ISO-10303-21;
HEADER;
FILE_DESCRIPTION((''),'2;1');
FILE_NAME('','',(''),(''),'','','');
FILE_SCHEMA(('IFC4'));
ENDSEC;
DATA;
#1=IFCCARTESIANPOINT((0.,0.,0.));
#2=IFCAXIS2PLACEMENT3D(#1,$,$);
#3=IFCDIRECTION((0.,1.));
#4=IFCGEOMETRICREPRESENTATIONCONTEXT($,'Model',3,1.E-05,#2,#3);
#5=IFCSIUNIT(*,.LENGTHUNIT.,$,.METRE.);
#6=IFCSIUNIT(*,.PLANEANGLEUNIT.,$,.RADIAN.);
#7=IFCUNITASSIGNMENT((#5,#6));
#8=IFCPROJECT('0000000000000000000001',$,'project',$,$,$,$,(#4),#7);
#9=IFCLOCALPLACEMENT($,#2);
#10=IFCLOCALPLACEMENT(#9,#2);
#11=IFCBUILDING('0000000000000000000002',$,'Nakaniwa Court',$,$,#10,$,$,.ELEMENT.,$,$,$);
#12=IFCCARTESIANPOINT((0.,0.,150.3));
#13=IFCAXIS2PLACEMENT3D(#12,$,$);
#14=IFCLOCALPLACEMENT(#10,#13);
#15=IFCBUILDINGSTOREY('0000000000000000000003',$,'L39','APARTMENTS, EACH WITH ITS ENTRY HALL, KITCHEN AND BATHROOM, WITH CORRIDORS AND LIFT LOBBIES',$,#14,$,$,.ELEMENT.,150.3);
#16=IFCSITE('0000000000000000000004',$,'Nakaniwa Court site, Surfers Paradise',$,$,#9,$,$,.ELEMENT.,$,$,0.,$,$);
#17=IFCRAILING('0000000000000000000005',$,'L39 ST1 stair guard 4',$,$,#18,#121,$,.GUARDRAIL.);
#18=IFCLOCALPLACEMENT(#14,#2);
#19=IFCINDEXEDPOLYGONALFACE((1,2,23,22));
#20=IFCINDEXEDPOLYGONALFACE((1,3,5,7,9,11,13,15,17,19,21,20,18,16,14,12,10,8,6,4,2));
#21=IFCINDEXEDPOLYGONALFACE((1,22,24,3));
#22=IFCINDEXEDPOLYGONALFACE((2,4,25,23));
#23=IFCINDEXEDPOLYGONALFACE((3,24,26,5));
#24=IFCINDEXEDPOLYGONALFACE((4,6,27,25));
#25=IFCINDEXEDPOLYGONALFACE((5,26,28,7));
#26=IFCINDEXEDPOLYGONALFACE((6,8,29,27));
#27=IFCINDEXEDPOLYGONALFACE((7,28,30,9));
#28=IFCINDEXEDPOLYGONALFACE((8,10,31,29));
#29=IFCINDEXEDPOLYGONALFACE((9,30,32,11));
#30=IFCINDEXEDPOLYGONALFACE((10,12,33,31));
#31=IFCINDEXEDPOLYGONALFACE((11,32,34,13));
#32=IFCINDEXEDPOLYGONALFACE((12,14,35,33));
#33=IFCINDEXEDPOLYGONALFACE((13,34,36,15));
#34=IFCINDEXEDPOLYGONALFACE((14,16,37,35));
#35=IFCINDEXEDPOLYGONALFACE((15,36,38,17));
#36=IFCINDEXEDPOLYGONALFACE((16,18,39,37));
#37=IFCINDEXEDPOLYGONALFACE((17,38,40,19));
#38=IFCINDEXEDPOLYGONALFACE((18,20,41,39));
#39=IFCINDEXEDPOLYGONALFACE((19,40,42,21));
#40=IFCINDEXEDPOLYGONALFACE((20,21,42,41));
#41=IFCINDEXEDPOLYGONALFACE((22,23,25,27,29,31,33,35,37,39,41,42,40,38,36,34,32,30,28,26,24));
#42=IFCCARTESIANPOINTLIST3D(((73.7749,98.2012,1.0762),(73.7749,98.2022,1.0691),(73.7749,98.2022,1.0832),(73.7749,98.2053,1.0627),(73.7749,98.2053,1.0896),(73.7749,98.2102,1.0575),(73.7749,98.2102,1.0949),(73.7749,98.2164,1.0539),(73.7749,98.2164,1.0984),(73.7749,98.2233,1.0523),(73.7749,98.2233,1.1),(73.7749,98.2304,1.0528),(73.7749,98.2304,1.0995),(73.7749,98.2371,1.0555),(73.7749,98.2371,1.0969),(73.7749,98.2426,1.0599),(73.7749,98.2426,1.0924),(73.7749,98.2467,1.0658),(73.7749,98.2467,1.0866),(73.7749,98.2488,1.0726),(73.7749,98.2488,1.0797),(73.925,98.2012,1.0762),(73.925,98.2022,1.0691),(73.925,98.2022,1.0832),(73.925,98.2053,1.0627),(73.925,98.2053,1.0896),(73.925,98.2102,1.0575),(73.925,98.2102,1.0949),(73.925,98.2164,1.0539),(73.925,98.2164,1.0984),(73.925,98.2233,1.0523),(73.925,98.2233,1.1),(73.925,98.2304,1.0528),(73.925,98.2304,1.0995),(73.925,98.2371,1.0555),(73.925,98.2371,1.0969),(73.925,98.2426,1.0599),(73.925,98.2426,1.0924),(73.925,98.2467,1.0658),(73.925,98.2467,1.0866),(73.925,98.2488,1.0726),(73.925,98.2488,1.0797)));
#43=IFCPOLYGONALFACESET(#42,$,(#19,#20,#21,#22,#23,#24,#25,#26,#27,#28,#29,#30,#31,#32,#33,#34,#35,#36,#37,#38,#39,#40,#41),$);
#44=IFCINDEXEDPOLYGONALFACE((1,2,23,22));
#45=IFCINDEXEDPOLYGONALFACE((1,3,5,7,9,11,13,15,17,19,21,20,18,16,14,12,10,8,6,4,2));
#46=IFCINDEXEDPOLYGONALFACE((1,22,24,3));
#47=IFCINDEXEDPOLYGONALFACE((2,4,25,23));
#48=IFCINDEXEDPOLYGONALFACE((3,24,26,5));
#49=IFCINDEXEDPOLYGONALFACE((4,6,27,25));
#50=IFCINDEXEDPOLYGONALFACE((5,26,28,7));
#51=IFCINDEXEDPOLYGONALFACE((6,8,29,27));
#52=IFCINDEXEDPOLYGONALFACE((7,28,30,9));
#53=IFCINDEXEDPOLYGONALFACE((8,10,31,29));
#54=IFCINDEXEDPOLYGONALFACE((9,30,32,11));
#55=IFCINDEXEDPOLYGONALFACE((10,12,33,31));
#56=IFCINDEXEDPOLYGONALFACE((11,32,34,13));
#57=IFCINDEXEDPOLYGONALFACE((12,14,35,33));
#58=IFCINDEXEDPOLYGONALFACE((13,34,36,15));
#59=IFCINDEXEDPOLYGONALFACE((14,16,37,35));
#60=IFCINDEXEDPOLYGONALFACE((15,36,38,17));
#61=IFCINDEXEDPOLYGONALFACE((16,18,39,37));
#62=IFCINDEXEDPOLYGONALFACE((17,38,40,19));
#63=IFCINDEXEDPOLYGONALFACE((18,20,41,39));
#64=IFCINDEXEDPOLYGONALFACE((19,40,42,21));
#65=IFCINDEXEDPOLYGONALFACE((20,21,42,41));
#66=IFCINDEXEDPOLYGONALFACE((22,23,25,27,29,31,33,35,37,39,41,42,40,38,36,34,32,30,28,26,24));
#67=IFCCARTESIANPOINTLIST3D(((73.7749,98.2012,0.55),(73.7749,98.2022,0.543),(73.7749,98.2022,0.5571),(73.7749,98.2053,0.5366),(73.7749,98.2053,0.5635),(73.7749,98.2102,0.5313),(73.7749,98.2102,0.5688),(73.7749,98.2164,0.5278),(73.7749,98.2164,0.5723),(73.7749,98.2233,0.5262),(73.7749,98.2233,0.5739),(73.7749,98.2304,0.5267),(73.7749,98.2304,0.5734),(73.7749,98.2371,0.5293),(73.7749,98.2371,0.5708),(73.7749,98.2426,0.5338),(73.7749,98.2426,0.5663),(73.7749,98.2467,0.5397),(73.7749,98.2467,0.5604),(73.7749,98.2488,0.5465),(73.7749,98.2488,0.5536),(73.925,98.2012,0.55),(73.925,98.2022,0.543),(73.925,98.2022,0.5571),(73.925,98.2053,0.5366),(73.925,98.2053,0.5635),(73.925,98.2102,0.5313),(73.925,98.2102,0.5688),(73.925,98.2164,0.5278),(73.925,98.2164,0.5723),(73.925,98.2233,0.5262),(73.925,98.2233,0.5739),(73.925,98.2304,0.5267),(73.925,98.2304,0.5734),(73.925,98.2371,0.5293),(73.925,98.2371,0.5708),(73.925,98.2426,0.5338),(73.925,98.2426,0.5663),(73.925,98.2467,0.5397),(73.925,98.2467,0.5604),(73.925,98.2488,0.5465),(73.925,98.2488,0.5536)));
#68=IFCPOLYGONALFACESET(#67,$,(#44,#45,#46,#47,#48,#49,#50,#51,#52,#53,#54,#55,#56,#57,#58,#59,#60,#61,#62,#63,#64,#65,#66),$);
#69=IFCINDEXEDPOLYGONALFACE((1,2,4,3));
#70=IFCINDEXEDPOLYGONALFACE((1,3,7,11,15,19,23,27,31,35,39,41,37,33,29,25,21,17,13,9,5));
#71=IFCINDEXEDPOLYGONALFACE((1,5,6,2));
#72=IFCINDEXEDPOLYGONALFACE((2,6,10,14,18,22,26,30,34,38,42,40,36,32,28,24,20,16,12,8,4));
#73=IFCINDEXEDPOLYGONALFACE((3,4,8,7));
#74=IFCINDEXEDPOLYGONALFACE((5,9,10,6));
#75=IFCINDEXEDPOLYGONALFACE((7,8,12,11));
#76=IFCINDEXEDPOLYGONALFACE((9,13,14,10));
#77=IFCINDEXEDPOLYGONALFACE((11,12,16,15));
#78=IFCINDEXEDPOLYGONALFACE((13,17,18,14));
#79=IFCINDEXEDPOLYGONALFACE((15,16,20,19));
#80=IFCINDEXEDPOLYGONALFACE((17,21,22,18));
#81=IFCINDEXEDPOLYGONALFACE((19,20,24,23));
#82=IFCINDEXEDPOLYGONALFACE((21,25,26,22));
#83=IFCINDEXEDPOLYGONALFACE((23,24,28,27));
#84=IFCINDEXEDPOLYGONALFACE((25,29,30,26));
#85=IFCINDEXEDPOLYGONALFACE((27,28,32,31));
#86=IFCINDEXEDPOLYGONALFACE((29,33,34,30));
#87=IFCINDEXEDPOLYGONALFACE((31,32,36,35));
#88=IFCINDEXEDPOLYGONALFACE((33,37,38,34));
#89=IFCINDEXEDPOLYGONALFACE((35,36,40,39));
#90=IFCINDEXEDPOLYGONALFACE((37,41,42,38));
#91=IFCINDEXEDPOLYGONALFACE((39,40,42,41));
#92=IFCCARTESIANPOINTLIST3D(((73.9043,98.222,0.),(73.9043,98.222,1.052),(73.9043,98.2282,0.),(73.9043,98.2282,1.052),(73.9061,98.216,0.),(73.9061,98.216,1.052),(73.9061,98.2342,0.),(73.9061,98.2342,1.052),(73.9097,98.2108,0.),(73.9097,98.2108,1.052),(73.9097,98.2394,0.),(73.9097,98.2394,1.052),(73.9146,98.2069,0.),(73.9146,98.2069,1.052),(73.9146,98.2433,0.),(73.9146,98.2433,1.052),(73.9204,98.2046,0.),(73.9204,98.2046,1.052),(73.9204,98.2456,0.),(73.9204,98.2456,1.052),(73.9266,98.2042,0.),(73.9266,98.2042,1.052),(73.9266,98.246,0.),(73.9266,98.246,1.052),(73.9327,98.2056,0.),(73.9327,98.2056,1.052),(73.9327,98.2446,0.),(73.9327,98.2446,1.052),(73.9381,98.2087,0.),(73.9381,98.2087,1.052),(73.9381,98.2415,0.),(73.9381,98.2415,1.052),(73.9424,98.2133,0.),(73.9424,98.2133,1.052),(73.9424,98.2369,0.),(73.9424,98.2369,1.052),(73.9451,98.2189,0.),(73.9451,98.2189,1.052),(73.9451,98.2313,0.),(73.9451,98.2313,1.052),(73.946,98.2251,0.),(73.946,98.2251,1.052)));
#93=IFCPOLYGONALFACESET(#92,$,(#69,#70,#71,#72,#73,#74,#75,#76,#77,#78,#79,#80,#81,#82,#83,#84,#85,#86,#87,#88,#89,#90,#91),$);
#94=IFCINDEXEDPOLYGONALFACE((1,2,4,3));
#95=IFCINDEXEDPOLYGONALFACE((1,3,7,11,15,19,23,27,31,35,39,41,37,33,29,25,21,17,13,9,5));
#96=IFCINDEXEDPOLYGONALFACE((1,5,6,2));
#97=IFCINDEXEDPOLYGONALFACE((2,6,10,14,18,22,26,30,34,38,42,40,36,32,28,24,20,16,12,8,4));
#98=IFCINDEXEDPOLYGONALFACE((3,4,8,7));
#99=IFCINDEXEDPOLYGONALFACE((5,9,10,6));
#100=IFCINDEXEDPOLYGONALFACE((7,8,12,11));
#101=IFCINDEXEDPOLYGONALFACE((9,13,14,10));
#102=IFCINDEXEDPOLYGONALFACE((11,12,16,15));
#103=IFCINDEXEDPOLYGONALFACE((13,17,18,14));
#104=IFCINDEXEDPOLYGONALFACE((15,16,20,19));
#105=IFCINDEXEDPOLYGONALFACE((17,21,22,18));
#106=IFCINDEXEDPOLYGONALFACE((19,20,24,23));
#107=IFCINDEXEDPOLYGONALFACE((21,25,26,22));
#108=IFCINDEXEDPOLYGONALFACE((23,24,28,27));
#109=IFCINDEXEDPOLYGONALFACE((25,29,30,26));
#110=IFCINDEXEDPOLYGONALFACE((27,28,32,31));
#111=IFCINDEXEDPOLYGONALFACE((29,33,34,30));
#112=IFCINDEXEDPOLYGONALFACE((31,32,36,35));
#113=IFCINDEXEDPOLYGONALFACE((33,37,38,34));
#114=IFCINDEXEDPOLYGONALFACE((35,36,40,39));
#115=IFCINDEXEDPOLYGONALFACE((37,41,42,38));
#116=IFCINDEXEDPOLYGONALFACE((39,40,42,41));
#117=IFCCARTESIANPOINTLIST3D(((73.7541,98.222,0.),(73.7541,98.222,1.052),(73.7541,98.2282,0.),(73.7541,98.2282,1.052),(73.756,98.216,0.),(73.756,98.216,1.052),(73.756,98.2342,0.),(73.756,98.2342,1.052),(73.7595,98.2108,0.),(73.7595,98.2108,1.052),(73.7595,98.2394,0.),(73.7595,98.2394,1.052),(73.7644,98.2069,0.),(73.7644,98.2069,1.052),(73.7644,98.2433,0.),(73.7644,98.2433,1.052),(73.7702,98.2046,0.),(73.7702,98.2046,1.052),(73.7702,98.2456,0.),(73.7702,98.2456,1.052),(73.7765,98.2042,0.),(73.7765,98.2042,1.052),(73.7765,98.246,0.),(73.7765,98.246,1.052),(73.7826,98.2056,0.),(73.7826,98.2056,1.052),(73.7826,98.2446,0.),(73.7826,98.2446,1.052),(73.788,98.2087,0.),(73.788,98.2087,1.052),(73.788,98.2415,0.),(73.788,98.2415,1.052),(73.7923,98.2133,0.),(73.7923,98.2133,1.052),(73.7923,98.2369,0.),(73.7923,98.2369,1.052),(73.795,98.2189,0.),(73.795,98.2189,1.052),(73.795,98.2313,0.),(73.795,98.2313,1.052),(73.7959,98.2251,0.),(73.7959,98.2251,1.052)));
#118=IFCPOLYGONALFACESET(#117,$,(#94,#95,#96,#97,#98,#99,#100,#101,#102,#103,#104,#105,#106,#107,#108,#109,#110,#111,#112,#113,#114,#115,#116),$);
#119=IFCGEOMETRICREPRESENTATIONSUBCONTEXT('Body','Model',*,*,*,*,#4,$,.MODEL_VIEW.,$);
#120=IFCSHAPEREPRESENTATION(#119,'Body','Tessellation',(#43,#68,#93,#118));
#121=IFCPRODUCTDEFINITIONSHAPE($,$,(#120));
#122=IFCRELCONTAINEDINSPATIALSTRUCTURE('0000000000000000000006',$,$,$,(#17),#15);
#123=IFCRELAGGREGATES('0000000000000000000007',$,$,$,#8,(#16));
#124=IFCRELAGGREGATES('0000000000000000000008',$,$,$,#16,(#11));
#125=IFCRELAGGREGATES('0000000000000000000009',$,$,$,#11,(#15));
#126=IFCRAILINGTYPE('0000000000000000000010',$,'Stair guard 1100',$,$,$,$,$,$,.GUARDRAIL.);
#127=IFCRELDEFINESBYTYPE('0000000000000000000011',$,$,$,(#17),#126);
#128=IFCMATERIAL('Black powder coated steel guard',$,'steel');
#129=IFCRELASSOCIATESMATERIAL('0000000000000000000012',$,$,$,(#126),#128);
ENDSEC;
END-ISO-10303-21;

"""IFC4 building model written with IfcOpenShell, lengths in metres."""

from ifc_helpers import new_model, si_unit, direction, frame, origin, origin_2d, place, context, subcontext, project, spatial, circle, extrude, material, type_object, element, save


model = new_model("IFC4")

# Units and contexts
model_context = context("Model", 3, precision=1e-05, world=origin(), true_north=direction((0.0, 1.0)))
body_context = subcontext(model_context, "Body", "Model", "MODEL_VIEW")
ifc_project = project(units=[si_unit("LENGTHUNIT", "METRE"), si_unit("PLANEANGLEUNIT", "RADIAN")], contexts=[model_context])

# Site, building, storey
site_placement = place(None, origin())
site = spatial("IfcSite", under=ifc_project, at=site_placement, Name="Nakaniwa Court site, Surfers Paradise", CompositionType="ELEMENT", RefElevation=0.0)
building_placement = place(site_placement, origin())
building = spatial("IfcBuilding", under=site, at=building_placement, Name="Nakaniwa Court", CompositionType="ELEMENT")
storey_placement = place(building_placement, frame((0.0, 0.0, 150.3)))
storey = spatial("IfcBuildingStorey", under=building, at=storey_placement, Name="L39", Description="APARTMENTS, EACH WITH ITS ENTRY HALL, KITCHEN AND BATHROOM, WITH CORRIDORS AND LIFT LOBBIES", CompositionType="ELEMENT", Elevation=150.3)

# Railing
ifc_material_1 = material(Name="Black powder coated steel guard", Category="steel")
railing_type_1 = type_object("IfcRailingType", Name="Stair guard 1100", PredefinedType="GUARDRAIL", material=ifc_material_1)
railing_1_placement = place(storey_placement, frame((73.925, 98.2251, 0.0)))
element("IfcRailing", 1, at=railing_1_placement, inside=storey, type_object=railing_type_1, Name="L39 ST1 stair guard 4", PredefinedType="GUARDRAIL", context=body_context, shape_type="SweptSolid", body=[
    extrude(circle(Radius=0.0239, at=origin_2d()), frame((0.0, 0.0, 1.0762), z_axis=(-1.0, 0.0, 0.0), x_axis=(0.0, -1.0, 0.0)), (0.0, 0.0, 1.0), 0.1501),
    extrude(circle(Radius=0.0239, at=origin_2d()), frame((0.0, 0.0, 0.55), z_axis=(-1.0, 0.0, 0.0), x_axis=(0.0, -1.0, 0.0)), (0.0, 0.0, 1.0), 0.1501),
    extrude(circle(Radius=0.021, at=origin_2d()), origin(), (0.0, 0.0, 1.0), 1.052),
    extrude(circle(Radius=0.021, at=origin_2d()), frame((-0.1501, 0.0, 0.0)), (0.0, 0.0, 1.0), 1.052),
])

save(model, "model.ifc")
